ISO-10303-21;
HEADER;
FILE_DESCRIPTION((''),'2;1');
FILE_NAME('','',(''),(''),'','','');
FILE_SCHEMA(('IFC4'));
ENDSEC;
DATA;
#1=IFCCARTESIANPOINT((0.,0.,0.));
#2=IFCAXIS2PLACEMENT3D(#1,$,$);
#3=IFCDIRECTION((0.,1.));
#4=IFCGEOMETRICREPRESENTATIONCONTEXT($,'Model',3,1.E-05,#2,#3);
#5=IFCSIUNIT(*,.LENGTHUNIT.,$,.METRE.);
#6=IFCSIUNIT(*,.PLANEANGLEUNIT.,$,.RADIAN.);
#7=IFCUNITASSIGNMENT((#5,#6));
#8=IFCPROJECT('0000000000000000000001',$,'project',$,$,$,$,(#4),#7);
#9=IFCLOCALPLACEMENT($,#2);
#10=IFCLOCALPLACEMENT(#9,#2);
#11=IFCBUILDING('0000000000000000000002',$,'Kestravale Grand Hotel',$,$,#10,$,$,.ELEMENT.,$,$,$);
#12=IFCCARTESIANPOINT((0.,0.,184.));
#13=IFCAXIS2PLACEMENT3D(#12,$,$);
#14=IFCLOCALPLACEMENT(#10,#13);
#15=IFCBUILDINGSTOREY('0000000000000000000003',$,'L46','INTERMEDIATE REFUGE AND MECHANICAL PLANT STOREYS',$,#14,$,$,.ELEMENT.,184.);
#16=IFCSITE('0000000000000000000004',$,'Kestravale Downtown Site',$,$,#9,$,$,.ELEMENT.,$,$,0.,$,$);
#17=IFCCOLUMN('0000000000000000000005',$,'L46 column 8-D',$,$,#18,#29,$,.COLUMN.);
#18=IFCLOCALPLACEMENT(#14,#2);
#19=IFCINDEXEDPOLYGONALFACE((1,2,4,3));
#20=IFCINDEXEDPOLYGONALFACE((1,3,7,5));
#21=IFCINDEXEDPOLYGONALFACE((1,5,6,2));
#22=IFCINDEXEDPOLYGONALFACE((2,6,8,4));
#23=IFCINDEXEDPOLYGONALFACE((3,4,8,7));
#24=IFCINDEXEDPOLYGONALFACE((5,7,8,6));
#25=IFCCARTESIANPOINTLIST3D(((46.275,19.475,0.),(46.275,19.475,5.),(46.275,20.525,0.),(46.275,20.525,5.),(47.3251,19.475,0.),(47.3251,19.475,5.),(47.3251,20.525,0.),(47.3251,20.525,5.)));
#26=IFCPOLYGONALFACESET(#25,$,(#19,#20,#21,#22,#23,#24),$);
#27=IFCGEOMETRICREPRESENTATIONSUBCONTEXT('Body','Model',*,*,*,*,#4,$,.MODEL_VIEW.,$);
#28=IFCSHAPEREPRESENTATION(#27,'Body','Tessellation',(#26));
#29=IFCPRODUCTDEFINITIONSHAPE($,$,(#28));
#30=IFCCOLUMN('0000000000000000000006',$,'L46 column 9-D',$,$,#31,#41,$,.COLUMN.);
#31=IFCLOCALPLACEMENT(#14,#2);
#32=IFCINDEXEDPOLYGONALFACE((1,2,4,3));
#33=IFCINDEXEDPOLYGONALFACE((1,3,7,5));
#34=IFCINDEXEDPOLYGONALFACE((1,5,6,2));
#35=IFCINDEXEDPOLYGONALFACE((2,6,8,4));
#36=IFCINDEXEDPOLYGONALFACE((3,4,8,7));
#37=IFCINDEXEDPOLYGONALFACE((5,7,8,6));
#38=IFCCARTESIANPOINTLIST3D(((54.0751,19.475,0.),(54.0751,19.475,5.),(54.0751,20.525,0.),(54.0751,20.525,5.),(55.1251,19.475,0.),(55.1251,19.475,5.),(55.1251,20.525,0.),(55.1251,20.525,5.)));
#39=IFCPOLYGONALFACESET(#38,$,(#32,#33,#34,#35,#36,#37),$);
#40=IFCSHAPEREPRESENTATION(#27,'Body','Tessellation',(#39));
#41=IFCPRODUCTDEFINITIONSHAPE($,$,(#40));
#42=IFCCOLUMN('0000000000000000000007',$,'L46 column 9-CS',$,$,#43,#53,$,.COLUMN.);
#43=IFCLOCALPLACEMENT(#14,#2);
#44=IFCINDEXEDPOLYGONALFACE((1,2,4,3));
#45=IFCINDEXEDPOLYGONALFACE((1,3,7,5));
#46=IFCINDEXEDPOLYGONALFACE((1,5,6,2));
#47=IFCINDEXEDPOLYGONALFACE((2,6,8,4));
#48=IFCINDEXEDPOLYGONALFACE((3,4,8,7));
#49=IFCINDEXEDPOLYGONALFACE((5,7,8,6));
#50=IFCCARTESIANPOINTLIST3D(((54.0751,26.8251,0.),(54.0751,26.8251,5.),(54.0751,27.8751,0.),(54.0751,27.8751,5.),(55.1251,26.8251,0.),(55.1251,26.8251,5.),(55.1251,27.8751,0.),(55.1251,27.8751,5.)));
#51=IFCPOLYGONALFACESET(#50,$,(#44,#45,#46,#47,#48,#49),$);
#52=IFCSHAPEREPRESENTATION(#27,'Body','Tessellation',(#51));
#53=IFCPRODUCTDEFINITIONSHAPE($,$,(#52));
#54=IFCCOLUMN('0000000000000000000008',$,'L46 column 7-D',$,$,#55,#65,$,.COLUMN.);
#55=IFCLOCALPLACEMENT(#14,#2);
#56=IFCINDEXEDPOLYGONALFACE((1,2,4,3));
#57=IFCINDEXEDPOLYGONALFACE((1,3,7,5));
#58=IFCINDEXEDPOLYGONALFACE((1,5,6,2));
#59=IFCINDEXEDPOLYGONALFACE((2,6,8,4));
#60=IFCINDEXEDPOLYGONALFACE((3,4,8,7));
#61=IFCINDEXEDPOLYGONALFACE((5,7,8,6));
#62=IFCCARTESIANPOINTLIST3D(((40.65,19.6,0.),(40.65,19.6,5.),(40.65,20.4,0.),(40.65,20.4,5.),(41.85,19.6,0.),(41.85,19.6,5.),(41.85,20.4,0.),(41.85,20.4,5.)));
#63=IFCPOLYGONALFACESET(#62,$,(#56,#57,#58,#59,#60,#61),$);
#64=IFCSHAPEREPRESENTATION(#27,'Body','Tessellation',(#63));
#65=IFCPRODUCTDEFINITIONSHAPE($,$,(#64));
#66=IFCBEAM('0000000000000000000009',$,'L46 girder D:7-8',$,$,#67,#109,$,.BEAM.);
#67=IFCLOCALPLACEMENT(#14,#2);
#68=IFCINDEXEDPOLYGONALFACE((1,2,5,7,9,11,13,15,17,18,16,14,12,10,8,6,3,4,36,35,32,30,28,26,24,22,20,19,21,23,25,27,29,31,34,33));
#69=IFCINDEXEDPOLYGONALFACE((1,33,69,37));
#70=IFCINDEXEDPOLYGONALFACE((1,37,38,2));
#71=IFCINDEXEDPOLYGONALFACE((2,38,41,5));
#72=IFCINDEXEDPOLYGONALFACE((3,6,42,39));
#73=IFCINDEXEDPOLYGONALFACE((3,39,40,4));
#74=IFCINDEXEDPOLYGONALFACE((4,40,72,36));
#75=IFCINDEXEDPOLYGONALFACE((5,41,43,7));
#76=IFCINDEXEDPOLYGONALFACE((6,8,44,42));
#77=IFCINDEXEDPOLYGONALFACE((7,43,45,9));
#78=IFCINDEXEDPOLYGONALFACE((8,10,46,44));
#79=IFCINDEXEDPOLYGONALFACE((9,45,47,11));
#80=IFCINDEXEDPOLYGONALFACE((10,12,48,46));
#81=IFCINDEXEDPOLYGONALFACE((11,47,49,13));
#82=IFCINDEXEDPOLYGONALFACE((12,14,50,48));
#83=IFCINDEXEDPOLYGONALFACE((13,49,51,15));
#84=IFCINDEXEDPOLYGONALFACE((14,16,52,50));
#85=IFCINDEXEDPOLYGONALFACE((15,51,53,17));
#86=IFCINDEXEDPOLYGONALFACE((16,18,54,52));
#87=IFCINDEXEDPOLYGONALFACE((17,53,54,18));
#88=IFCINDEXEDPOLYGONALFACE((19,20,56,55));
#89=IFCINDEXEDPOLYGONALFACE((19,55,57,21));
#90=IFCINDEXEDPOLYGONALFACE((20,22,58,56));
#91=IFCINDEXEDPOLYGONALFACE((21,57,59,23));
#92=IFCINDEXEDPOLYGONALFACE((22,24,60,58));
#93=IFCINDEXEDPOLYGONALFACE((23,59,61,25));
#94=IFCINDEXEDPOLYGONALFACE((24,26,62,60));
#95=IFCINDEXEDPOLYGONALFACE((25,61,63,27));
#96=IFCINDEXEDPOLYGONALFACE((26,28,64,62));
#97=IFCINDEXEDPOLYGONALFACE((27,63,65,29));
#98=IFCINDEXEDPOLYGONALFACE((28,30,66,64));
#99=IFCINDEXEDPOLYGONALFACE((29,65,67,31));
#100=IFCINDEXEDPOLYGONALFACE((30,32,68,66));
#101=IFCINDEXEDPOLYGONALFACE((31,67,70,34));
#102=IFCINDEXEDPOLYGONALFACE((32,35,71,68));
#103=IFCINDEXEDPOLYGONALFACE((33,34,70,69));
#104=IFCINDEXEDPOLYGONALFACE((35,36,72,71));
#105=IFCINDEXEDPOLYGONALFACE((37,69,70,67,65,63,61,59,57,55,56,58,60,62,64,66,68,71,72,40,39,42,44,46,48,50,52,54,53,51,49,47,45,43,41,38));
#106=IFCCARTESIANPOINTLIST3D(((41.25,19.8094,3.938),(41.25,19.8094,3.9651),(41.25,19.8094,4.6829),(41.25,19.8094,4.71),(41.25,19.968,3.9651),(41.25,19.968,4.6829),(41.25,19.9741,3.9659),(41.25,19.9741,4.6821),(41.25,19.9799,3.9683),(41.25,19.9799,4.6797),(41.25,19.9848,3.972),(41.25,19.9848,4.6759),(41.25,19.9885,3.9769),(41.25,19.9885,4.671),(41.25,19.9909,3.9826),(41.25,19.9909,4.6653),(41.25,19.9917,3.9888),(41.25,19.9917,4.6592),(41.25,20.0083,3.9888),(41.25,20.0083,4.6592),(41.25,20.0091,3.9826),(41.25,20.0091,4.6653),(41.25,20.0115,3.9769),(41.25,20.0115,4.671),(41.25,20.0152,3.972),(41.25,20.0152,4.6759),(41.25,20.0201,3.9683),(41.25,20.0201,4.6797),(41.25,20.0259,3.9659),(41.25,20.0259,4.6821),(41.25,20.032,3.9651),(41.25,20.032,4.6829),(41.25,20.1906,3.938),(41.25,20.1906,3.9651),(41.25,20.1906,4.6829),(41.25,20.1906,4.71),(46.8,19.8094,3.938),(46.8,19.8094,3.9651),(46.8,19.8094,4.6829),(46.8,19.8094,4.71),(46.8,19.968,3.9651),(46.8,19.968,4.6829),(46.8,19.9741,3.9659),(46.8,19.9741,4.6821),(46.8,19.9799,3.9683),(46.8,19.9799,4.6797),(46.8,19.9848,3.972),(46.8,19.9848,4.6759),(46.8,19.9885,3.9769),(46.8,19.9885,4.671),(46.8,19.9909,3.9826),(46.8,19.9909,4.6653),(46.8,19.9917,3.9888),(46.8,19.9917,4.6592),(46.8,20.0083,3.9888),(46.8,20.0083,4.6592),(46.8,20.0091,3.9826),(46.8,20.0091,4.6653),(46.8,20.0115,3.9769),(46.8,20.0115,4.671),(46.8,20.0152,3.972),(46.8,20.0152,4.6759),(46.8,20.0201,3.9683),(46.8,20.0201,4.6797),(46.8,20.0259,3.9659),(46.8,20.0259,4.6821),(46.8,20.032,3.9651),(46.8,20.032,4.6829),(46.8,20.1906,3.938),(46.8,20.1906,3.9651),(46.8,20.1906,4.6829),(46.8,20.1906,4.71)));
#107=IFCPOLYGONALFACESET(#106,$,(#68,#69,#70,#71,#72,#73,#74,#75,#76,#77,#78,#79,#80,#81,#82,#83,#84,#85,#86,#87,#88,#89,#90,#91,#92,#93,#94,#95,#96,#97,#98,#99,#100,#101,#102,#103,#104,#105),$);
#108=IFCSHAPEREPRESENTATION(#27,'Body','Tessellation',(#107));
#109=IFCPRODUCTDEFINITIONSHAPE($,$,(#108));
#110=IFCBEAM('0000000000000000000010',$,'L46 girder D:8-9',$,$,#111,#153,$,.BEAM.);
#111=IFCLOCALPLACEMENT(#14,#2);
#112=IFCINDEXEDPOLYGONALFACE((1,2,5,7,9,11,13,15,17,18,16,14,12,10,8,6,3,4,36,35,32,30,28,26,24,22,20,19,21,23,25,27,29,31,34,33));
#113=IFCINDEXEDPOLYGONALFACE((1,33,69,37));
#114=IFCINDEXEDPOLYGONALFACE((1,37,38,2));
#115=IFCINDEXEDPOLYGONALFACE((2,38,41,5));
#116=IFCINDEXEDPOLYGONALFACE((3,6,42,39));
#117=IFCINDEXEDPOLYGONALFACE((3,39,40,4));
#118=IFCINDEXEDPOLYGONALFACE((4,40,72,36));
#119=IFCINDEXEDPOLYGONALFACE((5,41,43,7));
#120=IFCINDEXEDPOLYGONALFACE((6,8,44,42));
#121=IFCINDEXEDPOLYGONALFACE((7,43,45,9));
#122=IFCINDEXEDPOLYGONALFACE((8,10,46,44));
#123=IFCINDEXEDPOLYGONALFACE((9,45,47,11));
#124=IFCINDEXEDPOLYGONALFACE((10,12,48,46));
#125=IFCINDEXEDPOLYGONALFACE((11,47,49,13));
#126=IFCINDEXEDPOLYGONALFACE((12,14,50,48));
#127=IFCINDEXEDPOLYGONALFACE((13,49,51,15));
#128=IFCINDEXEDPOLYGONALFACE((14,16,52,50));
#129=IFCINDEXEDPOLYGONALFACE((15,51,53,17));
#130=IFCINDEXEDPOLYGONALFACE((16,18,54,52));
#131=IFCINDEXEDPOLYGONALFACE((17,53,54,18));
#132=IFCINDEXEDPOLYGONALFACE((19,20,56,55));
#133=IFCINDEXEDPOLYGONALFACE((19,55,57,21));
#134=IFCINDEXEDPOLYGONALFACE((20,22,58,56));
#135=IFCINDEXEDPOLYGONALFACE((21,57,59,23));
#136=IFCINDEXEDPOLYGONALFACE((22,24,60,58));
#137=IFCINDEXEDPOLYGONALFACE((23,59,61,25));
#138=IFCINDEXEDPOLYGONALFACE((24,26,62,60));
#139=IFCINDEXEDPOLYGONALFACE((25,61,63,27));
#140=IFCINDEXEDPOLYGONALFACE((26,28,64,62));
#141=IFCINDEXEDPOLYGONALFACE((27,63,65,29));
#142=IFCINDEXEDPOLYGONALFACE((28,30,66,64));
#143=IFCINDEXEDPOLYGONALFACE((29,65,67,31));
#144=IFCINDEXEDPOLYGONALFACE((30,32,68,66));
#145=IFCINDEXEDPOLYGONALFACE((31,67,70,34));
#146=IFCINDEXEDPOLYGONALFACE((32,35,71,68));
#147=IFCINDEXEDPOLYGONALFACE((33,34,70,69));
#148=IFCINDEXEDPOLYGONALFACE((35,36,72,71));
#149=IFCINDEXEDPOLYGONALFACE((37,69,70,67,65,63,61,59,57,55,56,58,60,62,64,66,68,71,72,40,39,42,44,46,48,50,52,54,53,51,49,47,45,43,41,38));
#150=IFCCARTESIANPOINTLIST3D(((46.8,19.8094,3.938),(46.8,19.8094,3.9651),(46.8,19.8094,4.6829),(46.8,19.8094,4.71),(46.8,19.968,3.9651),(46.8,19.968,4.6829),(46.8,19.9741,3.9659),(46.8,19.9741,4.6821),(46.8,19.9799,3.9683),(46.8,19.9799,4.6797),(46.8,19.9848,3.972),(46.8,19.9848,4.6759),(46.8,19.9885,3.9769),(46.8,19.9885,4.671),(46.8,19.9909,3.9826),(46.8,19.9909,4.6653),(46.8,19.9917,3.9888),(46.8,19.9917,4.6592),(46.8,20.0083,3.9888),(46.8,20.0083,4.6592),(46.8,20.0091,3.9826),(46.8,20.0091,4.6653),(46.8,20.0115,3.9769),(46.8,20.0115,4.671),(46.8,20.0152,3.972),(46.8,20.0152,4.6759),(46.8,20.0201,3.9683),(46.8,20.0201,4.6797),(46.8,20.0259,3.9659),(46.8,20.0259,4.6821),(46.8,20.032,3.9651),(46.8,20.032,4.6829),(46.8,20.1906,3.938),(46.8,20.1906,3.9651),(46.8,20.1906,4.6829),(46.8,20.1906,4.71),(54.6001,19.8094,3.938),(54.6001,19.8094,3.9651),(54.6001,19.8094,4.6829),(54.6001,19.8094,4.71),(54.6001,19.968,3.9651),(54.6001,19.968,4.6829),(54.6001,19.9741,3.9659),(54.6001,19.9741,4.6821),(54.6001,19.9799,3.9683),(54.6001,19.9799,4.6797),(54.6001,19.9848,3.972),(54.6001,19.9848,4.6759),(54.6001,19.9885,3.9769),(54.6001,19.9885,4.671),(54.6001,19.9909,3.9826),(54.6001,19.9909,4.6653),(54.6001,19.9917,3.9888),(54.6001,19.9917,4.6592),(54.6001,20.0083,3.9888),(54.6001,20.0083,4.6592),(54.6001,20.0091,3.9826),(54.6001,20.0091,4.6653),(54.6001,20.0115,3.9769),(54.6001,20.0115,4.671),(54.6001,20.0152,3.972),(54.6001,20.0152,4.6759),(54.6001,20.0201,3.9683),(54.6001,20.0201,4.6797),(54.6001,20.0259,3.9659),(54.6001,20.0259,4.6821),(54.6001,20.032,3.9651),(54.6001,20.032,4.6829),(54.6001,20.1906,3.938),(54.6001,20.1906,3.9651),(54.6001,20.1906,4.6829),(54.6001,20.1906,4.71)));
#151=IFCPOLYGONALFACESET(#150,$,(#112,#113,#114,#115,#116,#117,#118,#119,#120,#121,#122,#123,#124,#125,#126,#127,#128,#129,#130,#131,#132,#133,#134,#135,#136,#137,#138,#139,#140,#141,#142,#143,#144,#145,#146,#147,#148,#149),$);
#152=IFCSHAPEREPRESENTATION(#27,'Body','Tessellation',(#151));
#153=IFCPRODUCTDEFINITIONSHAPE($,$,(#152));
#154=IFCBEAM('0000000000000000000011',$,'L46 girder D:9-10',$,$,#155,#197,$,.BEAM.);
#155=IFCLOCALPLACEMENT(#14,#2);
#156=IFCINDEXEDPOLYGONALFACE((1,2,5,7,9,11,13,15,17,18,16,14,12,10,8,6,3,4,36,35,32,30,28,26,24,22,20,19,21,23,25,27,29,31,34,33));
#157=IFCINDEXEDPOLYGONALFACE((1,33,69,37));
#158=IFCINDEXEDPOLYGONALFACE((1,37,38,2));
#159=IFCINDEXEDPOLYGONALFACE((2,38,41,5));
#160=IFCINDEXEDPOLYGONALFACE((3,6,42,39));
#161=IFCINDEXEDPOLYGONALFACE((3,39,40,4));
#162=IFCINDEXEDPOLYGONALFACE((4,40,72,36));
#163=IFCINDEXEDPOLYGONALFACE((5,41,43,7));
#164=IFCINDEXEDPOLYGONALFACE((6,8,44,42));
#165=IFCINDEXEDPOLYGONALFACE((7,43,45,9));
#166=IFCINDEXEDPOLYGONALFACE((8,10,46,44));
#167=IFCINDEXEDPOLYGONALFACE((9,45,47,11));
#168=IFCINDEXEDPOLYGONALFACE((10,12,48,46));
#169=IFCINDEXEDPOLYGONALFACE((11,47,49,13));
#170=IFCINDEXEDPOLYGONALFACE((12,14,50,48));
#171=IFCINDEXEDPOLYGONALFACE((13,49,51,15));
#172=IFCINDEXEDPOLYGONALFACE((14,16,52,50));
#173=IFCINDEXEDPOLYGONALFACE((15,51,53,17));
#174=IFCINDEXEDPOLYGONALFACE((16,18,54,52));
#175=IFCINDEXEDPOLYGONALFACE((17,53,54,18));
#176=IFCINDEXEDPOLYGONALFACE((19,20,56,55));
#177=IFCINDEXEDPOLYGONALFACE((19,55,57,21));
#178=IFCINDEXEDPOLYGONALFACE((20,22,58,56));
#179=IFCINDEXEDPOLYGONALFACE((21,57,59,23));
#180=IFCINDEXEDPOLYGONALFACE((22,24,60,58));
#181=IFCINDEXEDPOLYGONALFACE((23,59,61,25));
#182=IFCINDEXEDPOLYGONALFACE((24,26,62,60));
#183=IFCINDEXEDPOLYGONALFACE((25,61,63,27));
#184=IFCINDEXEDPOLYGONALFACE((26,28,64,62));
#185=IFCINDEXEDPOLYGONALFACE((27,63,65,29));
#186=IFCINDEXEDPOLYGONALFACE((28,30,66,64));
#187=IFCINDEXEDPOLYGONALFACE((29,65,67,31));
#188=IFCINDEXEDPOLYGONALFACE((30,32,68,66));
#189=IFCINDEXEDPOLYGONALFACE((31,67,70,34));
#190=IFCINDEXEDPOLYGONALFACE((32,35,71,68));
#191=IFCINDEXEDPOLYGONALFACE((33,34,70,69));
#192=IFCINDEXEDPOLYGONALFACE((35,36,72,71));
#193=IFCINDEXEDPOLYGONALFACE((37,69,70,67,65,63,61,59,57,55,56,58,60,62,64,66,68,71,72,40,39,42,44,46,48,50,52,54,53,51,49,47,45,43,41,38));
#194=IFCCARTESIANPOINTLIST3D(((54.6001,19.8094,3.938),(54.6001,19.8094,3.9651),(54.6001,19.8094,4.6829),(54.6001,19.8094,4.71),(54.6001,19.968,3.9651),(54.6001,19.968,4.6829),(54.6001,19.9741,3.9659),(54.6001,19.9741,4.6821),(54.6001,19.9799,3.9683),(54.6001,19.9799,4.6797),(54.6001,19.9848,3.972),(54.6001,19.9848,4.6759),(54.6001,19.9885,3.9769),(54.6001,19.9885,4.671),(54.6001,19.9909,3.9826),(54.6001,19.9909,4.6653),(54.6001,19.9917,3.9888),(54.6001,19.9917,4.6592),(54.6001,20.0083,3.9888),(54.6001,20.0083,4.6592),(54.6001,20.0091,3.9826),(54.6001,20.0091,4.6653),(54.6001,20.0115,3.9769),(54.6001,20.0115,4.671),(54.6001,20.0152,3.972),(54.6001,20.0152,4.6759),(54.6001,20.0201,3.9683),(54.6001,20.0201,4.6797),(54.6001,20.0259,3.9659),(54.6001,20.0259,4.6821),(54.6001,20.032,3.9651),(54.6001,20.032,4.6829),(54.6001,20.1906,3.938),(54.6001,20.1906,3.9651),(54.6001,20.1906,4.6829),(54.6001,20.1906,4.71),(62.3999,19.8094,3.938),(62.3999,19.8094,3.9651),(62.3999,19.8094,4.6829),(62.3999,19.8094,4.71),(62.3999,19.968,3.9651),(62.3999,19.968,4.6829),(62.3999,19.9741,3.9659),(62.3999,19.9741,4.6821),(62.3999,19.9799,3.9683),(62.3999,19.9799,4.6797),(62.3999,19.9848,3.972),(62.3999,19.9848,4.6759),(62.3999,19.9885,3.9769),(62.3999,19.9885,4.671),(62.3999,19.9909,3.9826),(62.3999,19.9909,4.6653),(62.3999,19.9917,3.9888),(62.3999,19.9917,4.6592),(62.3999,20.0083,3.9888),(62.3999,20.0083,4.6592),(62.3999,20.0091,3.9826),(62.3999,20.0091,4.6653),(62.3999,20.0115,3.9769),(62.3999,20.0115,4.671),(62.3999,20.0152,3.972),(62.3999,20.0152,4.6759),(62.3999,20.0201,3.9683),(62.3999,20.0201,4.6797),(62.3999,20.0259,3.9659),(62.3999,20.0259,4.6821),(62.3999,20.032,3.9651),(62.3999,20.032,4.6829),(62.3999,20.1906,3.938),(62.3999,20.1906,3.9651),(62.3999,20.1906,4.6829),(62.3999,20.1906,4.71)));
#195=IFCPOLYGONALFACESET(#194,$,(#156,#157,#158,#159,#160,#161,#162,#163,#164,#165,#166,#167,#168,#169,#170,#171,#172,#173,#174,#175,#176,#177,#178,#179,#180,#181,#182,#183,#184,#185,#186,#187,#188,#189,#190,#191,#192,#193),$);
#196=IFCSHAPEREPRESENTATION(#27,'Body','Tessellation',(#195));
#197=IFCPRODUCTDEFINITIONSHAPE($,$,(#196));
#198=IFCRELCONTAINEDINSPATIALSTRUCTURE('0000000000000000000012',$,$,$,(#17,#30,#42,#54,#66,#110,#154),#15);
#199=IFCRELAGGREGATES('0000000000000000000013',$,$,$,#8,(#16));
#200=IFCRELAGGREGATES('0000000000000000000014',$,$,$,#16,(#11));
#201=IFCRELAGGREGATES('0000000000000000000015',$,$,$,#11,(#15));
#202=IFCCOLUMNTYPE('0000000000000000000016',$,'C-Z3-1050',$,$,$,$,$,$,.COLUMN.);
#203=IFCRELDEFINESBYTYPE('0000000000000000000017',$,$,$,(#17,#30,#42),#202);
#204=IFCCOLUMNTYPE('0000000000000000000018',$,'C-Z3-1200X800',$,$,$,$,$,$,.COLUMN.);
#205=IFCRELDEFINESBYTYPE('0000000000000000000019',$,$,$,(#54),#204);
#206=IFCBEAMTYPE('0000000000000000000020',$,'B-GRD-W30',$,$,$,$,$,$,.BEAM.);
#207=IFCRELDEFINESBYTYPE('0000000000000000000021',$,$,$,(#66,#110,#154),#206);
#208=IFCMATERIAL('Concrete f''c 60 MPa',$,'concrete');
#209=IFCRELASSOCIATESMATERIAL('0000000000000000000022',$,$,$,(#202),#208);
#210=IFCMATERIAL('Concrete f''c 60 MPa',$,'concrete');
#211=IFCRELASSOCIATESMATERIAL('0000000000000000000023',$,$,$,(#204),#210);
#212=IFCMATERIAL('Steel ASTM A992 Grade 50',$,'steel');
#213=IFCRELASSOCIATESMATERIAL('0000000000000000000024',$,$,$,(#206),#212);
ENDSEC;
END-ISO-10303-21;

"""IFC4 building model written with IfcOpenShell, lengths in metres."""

from ifc_helpers import new_model, si_unit, direction, frame, origin, origin_2d, place, context, subcontext, project, spatial, rectangle, i_section, extrude, material, material_profile, profile_set, type_object, element, save


model = new_model("IFC4")

# Units and contexts
model_context = context("Model", 3, precision=1e-05, world=origin(), true_north=direction((0.0, 1.0)))
body_context = subcontext(model_context, "Body", "Model", "MODEL_VIEW")
ifc_project = project(units=[si_unit("LENGTHUNIT", "METRE"), si_unit("PLANEANGLEUNIT", "RADIAN")], contexts=[model_context])

# Site, building, storey
site_placement = place(None, origin())
site = spatial("IfcSite", under=ifc_project, at=site_placement, Name="Kestravale Downtown Site", CompositionType="ELEMENT", RefElevation=0.0)
building_placement = place(site_placement, origin())
building = spatial("IfcBuilding", under=site, at=building_placement, Name="Kestravale Grand Hotel", CompositionType="ELEMENT")
storey_placement = place(building_placement, frame((0.0, 0.0, 184.0)))
storey = spatial("IfcBuildingStorey", under=building, at=storey_placement, Name="L46", Description="INTERMEDIATE REFUGE AND MECHANICAL PLANT STOREYS", CompositionType="ELEMENT", Elevation=184.0)

# Columns
ifc_material_1 = material(Name="Concrete f'c 60 MPa", Category="concrete")
ifc_material_profile_1 = material_profile(ifc_material_1, rectangle(XDim=1.05, YDim=1.05, at=origin_2d()))
ifc_profile_set_1 = profile_set([ifc_material_profile_1], Name="Concrete f'c 60 MPa")
column_type_1 = type_object("IfcColumnType", Name="C-Z3-1050", PredefinedType="COLUMN", material=ifc_profile_set_1)
for number, where, z_axis, x_axis, name in (
    (1, (46.8, 20.0, 0.0), (0.0, 0.0, 1.0), (1.0, 0.0, 0.0), "L46 column 8-D"),
    (2, (54.6001, 20.0, 0.0), (0.0, 0.0, 1.0), (1.0, 0.0, 0.0), "L46 column 9-D"),
    (3, (54.6001, 27.3501, 0.0), (0.0, 0.0, 1.0), (1.0, 0.0, 0.0), "L46 column 9-CS"),
):
    element("IfcColumn", number, at=place(storey_placement, frame(where, z_axis=z_axis, x_axis=x_axis)), inside=storey, type_object=column_type_1, Name=name, PredefinedType="COLUMN", context=body_context, shape_type="SweptSolid", body=[
        extrude(rectangle(XDim=1.05, YDim=1.05, at=origin_2d()), origin(), (0.0, 0.0, 1.0), 5.0),
    ])
ifc_material_2 = material(Name="Concrete f'c 60 MPa", Category="concrete")
ifc_material_profile_2 = material_profile(ifc_material_2, rectangle(XDim=1.2, YDim=0.8, at=origin_2d()))
ifc_profile_set_2 = profile_set([ifc_material_profile_2], Name="Concrete f'c 60 MPa")
column_type_2 = type_object("IfcColumnType", Name="C-Z3-1200X800", PredefinedType="COLUMN", material=ifc_profile_set_2)
column_placement = place(storey_placement, frame((41.25, 20.0, 0.0), z_axis=(0.0, 0.0, 1.0), x_axis=(1.0, 0.0, 0.0)))
element("IfcColumn", 4, at=column_placement, inside=storey, type_object=column_type_2, Name="L46 column 7-D", PredefinedType="COLUMN", context=body_context, shape_type="SweptSolid", body=[
    extrude(rectangle(XDim=1.2, YDim=0.8, at=origin_2d()), origin(), (0.0, 0.0, 1.0), 5.0),
])

# Beams
ifc_material_3 = material(Name="Steel ASTM A992 Grade 50", Category="steel")
ifc_material_profile_3 = material_profile(ifc_material_3, i_section(OverallWidth=0.3811, OverallDepth=0.772, WebThickness=0.0166, FlangeThickness=0.0271, FilletRadius=0.0237, at=origin_2d()))
ifc_profile_set_3 = profile_set([ifc_material_profile_3], Name="Steel ASTM A992 Grade 50")
beam_type = type_object("IfcBeamType", Name="B-GRD-W30", PredefinedType="BEAM", material=ifc_profile_set_3)
beam_1_placement = place(storey_placement, frame((41.25, 20.0, 4.324), z_axis=(1.0, 0.0, 0.0), x_axis=(0.0, 1.0, 0.0)))
element("IfcBeam", 5, at=beam_1_placement, inside=storey, type_object=beam_type, Name="L46 girder D:7-8", PredefinedType="BEAM", context=body_context, shape_type="SweptSolid", body=[
    extrude(i_section(OverallWidth=0.3811, OverallDepth=0.772, WebThickness=0.0166, FlangeThickness=0.0271, FilletRadius=0.0237, at=origin_2d()), origin(), (0.0, 0.0, 1.0), 5.55),
])
beam_2_placement = place(storey_placement, frame((46.8, 20.0, 4.324), z_axis=(1.0, 0.0, 0.0), x_axis=(0.0, 1.0, 0.0)))
element("IfcBeam", 6, at=beam_2_placement, inside=storey, type_object=beam_type, Name="L46 girder D:8-9", PredefinedType="BEAM", context=body_context, shape_type="SweptSolid", body=[
    extrude(i_section(OverallWidth=0.3811, OverallDepth=0.772, WebThickness=0.0166, FlangeThickness=0.0271, FilletRadius=0.0237, at=origin_2d()), origin(), (0.0, 0.0, 1.0), 7.8),
])
beam_3_placement = place(storey_placement, frame((54.6001, 20.0, 4.324), z_axis=(1.0, 0.0, 0.0), x_axis=(0.0, 1.0, 0.0)))
element("IfcBeam", 7, at=beam_3_placement, inside=storey, type_object=beam_type, Name="L46 girder D:9-10", PredefinedType="BEAM", context=body_context, shape_type="SweptSolid", body=[
    extrude(i_section(OverallWidth=0.3811, OverallDepth=0.772, WebThickness=0.0166, FlangeThickness=0.0271, FilletRadius=0.0237, at=origin_2d()), origin(), (0.0, 0.0, 1.0), 7.7998),
])

save(model, "model.ifc")
